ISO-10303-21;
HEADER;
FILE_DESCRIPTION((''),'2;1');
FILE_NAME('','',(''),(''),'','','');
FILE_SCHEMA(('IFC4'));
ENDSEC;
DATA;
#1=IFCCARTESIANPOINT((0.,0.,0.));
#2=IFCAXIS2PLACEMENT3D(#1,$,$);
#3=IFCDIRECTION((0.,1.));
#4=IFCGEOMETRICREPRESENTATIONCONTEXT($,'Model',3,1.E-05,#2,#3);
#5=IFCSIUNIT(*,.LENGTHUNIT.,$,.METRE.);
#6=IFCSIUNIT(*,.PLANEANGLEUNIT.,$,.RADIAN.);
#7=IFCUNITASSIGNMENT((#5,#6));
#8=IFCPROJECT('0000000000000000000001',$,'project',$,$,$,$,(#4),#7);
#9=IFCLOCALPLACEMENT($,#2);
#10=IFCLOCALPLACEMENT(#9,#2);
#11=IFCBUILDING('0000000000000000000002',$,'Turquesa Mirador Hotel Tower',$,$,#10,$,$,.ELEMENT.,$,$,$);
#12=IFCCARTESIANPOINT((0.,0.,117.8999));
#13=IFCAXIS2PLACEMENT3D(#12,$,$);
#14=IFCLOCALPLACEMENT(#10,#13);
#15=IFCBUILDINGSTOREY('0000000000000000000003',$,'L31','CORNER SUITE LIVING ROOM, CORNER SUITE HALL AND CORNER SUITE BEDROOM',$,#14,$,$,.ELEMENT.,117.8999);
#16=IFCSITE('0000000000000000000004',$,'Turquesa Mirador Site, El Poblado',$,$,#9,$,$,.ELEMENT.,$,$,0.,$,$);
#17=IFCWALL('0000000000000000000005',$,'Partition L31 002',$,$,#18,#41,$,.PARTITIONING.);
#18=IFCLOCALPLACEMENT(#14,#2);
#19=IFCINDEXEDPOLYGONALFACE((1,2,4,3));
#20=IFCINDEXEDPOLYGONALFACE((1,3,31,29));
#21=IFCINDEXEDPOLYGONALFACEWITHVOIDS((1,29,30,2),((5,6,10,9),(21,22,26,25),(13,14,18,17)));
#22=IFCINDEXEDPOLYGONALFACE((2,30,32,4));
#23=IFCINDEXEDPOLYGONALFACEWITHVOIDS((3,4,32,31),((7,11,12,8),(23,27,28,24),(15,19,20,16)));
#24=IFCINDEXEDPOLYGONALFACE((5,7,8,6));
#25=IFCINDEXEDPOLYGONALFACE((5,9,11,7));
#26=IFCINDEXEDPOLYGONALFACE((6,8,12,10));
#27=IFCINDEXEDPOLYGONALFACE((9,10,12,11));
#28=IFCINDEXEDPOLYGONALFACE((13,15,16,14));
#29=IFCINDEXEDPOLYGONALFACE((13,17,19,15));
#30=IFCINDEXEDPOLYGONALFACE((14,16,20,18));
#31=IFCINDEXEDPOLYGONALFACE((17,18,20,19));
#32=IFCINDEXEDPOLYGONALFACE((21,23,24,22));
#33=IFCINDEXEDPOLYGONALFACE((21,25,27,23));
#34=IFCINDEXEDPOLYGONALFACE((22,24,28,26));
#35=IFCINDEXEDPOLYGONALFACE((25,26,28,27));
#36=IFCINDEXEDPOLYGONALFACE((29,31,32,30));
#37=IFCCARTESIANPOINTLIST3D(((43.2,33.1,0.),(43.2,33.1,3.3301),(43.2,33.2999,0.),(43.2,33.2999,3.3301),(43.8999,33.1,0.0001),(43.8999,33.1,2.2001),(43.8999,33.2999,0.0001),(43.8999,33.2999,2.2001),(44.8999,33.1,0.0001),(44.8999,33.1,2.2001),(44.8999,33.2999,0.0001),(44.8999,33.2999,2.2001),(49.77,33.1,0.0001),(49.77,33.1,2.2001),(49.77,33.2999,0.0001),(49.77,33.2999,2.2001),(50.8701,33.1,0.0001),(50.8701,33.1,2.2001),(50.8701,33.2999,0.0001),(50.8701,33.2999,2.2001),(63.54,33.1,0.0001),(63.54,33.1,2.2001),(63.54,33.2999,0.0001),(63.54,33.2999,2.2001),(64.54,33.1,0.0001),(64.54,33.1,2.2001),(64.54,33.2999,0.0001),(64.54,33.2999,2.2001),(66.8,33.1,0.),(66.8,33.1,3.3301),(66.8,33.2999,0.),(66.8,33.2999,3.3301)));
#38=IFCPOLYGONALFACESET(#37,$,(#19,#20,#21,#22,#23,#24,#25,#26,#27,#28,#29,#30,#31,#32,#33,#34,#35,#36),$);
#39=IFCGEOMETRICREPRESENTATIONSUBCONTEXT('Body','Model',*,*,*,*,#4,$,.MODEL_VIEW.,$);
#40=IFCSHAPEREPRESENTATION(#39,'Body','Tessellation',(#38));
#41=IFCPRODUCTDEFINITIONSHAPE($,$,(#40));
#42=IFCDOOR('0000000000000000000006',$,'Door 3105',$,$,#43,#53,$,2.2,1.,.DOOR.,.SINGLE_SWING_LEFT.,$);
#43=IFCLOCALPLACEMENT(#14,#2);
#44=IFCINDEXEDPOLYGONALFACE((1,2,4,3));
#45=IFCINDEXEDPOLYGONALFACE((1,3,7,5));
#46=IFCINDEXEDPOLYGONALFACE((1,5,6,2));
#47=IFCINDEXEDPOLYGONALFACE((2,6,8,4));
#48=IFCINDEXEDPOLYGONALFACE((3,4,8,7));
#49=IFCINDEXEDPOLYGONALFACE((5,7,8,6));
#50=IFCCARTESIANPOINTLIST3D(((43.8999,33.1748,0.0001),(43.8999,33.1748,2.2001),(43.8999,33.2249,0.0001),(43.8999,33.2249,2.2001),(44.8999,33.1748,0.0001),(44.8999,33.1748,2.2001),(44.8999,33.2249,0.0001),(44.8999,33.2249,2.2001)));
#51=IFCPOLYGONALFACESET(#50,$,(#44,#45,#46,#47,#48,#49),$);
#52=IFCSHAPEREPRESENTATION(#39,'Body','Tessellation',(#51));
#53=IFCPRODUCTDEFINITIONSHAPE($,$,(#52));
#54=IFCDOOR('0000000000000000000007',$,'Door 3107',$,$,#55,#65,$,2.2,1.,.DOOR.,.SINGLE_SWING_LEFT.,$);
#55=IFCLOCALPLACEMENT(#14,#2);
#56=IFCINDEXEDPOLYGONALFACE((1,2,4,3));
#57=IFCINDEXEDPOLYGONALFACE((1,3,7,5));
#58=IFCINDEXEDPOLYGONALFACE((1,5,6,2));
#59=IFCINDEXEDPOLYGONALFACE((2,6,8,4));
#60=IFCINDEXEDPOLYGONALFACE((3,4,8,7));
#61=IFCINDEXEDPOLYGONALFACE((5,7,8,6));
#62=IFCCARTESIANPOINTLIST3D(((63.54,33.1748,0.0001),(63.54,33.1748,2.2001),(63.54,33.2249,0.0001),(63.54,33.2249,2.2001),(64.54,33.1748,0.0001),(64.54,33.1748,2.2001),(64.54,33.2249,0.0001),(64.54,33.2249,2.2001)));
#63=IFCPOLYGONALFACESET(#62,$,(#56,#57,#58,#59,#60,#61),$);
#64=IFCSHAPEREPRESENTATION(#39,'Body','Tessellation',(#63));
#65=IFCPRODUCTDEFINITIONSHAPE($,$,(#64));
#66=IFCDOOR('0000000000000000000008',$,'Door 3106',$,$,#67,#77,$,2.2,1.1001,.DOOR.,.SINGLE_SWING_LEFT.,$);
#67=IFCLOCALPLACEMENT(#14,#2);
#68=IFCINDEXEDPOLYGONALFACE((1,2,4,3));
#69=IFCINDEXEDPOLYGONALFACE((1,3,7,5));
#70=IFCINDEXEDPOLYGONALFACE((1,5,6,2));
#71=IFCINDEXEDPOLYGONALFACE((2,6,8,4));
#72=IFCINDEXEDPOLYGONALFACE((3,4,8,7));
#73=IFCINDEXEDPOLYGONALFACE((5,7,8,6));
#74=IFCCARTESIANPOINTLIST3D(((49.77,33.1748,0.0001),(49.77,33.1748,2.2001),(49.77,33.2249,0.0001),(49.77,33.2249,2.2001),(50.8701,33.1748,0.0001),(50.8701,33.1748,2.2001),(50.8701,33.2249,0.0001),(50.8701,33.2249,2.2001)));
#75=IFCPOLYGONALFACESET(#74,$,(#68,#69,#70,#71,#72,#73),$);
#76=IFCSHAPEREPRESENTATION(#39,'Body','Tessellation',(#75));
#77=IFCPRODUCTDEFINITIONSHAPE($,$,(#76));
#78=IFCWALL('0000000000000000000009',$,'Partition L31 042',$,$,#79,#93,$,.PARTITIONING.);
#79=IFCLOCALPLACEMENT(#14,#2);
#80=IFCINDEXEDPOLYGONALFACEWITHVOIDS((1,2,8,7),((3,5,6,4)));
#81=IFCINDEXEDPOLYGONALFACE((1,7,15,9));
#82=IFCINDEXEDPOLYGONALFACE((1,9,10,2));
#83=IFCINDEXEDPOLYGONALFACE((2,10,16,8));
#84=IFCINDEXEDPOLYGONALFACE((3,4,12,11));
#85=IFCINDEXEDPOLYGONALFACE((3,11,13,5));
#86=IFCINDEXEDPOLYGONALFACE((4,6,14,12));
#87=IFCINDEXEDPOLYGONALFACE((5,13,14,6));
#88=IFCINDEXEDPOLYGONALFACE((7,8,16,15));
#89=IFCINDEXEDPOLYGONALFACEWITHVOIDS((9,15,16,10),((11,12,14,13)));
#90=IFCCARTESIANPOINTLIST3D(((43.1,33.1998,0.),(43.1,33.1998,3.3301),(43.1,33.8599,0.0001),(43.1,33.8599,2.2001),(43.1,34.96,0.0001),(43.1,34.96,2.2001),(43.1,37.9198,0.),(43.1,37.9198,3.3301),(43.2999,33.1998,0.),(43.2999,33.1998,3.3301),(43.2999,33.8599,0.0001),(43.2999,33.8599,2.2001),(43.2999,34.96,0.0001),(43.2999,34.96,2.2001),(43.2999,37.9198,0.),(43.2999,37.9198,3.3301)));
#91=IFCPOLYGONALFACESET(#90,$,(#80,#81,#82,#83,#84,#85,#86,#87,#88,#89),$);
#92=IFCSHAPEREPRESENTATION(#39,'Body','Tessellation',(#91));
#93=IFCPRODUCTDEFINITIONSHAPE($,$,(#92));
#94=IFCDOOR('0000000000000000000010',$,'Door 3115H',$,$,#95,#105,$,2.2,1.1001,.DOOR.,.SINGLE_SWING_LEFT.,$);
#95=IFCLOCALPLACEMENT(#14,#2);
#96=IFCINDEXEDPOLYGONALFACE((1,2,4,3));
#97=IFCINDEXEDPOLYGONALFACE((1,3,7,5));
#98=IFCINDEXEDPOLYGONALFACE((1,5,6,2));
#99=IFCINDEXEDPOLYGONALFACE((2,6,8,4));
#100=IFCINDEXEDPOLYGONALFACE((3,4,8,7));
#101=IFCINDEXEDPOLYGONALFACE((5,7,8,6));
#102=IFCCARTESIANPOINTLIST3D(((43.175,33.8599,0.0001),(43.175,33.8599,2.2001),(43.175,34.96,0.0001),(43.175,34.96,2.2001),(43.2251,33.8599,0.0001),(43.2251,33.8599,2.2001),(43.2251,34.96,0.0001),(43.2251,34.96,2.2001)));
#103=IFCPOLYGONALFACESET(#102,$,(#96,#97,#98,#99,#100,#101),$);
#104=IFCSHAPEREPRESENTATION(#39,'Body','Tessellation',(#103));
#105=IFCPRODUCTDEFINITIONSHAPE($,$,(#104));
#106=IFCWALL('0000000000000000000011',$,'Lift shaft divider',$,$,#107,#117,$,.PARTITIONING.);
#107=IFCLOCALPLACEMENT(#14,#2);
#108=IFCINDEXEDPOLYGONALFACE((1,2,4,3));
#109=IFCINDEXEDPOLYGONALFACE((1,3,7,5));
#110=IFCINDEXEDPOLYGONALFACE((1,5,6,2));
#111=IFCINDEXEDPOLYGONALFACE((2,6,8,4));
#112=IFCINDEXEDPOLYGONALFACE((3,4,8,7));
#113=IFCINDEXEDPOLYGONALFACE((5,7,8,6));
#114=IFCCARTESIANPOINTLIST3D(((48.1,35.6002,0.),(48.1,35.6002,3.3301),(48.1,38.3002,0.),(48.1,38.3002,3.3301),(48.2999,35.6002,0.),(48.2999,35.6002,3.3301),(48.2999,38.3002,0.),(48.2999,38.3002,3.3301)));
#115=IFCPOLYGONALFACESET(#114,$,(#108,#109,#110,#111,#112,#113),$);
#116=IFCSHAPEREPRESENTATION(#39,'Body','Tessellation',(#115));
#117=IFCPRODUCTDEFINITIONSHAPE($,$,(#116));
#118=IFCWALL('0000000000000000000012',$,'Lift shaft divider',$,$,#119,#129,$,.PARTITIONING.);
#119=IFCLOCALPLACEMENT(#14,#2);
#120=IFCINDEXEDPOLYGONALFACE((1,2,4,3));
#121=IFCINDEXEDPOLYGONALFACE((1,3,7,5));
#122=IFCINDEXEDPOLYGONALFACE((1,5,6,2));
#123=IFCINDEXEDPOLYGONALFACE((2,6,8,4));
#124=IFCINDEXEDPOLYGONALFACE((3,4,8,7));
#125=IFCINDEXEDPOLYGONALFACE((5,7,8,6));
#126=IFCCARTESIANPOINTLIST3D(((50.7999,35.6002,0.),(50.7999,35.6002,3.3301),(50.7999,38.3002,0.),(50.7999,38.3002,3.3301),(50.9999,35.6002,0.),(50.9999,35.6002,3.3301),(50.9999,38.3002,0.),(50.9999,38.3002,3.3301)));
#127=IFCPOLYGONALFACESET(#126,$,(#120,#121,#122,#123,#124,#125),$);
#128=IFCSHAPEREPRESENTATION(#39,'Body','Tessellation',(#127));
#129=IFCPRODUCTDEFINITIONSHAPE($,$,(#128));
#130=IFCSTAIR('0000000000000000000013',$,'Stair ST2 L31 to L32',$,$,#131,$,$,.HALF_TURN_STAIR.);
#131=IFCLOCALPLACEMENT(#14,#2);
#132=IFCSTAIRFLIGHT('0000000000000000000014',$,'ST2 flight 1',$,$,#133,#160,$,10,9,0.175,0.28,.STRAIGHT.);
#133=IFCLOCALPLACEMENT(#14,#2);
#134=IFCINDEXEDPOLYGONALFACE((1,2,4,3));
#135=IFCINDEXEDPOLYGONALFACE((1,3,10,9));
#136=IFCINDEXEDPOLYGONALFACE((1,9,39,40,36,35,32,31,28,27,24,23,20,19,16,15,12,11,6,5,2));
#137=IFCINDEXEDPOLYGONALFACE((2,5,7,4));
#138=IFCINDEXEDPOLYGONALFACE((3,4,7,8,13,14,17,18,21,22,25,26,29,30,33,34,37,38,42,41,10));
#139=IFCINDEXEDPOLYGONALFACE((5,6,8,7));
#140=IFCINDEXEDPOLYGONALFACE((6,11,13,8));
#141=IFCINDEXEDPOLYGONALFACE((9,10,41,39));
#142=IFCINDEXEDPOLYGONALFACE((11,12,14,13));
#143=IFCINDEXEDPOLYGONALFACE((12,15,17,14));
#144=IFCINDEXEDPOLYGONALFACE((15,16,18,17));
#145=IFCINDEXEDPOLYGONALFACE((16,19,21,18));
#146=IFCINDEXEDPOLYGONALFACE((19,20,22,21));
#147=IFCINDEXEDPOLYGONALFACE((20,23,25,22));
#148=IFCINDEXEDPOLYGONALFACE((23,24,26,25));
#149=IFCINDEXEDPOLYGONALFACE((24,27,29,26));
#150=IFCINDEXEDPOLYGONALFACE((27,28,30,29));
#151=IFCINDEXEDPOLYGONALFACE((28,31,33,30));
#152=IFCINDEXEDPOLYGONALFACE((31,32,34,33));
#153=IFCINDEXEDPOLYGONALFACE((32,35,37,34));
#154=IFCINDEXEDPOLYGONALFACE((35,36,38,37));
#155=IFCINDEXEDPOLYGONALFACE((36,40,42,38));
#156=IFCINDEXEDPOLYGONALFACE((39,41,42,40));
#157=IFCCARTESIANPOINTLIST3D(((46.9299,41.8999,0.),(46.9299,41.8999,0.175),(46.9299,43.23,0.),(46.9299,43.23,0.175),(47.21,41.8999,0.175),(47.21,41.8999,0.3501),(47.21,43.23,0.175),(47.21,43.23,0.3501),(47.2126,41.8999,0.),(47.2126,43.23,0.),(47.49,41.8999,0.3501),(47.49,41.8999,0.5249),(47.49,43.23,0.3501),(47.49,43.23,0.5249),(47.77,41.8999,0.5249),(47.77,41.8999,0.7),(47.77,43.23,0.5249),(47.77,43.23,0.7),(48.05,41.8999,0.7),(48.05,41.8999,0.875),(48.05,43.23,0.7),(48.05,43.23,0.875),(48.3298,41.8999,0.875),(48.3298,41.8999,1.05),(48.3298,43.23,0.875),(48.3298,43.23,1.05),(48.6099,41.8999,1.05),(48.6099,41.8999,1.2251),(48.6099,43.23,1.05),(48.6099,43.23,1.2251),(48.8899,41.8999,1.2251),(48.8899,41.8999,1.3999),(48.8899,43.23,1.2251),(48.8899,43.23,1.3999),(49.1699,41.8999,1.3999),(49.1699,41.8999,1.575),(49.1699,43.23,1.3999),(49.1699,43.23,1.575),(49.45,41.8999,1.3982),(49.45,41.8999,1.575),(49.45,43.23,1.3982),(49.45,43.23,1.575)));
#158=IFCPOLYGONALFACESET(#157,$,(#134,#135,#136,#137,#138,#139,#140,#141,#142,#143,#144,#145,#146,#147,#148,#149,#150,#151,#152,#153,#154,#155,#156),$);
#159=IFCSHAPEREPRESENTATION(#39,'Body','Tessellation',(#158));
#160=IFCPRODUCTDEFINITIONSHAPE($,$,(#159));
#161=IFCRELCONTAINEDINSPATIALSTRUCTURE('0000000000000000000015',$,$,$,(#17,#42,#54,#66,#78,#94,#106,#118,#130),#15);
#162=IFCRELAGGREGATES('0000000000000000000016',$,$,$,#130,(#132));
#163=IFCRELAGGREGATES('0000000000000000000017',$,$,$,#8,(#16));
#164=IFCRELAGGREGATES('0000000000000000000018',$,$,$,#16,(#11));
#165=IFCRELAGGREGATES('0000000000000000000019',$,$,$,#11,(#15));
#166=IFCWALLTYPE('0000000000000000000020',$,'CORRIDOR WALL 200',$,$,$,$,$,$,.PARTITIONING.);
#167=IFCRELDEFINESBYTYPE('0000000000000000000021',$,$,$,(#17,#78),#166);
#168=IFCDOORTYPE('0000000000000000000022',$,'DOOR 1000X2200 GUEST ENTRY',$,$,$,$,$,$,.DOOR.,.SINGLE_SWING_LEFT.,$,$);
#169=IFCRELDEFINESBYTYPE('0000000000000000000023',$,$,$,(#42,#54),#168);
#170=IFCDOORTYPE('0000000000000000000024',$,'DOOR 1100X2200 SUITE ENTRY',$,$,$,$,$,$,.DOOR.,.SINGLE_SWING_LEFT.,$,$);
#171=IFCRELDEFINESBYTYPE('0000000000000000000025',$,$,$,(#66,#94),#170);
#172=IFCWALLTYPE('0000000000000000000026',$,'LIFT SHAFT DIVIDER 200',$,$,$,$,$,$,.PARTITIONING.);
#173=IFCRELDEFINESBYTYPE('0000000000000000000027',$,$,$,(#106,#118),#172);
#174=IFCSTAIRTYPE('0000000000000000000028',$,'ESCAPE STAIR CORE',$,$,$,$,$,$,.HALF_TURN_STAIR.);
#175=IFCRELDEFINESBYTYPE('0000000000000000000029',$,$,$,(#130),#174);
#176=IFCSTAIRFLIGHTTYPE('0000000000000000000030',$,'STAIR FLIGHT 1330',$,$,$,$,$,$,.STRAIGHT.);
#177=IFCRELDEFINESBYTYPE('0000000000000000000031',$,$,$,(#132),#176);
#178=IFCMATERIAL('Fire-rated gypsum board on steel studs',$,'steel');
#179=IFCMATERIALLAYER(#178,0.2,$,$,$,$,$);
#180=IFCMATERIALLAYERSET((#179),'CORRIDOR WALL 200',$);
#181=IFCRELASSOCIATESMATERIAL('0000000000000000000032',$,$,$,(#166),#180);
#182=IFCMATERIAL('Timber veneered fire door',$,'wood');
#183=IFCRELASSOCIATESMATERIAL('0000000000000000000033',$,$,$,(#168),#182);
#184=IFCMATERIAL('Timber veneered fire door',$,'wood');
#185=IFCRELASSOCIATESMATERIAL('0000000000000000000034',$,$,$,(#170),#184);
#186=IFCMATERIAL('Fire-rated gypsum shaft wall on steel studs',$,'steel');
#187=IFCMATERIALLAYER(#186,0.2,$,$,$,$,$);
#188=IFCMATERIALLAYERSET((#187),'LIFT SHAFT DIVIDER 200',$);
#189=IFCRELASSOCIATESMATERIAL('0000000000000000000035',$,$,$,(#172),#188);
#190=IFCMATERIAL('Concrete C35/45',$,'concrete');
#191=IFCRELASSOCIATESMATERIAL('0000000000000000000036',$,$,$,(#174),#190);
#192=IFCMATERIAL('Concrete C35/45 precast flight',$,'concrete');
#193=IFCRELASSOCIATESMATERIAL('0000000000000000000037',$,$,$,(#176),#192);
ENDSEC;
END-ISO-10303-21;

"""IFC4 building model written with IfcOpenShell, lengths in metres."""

from ifc_helpers import new_model, si_unit, direction, frame, frame_2d, origin, place, context, subcontext, project, spatial, polyline, rectangle, outline, extrude, material, layer, layer_set, type_object, element, fill, aggregate, save


model = new_model("IFC4")

# Units and contexts
model_context = context("Model", 3, precision=1e-05, world=origin(), true_north=direction((0.0, 1.0)))
body_context = subcontext(model_context, "Body", "Model", "MODEL_VIEW")
ifc_project = project(units=[si_unit("LENGTHUNIT", "METRE"), si_unit("PLANEANGLEUNIT", "RADIAN")], contexts=[model_context])

# Site, building, storey
site_placement = place(None, origin())
site = spatial("IfcSite", under=ifc_project, at=site_placement, Name="Turquesa Mirador Site, El Poblado", CompositionType="ELEMENT", RefElevation=0.0)
building_placement = place(site_placement, origin())
building = spatial("IfcBuilding", under=site, at=building_placement, Name="Turquesa Mirador Hotel Tower", CompositionType="ELEMENT")
storey_placement = place(building_placement, frame((0.0, 0.0, 117.8999)))
storey = spatial("IfcBuildingStorey", under=building, at=storey_placement, Name="L31", Description="CORNER SUITE LIVING ROOM, CORNER SUITE HALL AND CORNER SUITE BEDROOM", CompositionType="ELEMENT", Elevation=117.8999)

# Wall, openings, doors
ifc_material_1 = material(Name="Fire-rated gypsum board on steel studs", Category="steel")
ifc_layer_1 = layer(ifc_material_1, 0.2)
ifc_layer_set_1 = layer_set([ifc_layer_1], Name="CORRIDOR WALL 200")
wall_type_1 = type_object("IfcWallType", Name="CORRIDOR WALL 200", PredefinedType="PARTITIONING", material=ifc_layer_set_1)
wall_1_placement = place(storey_placement, frame((43.2, 33.2, 0.0), z_axis=(0.0, 0.0, 1.0), x_axis=(1.0, 0.0, 0.0)))
wall_1 = element("IfcWall", 1, at=wall_1_placement, inside=storey, type_object=wall_type_1, Name="Partition L31 002", PredefinedType="PARTITIONING", context=body_context, shape_type="SweptSolid", body=[
    extrude(rectangle(XDim=23.6001, YDim=0.2, at=frame_2d((11.8, 0.0))), origin(), (0.0, 0.0, 1.0), 3.3301),
])
opening_1_placement = place(wall_1_placement, frame((0.7, 0.0, 0.0)))
opening_1 = element("IfcOpeningElement", 2, at=opening_1_placement, cuts=wall_1, PredefinedType="OPENING", context=body_context, shape_type="SweptSolid", body=[
    extrude(rectangle(XDim=1.0, YDim=2.2, at=frame_2d((0.5, 1.1001))), frame((0.0, 0.1099, 0.0), z_axis=(0.0, -1.0, 0.0), x_axis=(1.0, 0.0, 0.0)), (0.0, 0.0, 1.0), 0.22),
])
opening_2_placement = place(wall_1_placement, frame((6.5701, 0.0, 0.0)))
opening_2 = element("IfcOpeningElement", 3, at=opening_2_placement, cuts=wall_1, PredefinedType="OPENING", context=body_context, shape_type="SweptSolid", body=[
    extrude(rectangle(XDim=1.1001, YDim=2.2, at=frame_2d((0.55, 1.1001))), frame((0.0, 0.1099, 0.0), z_axis=(0.0, -1.0, 0.0), x_axis=(1.0, 0.0, 0.0)), (0.0, 0.0, 1.0), 0.22),
])
opening_3_placement = place(wall_1_placement, frame((20.3401, 0.0, 0.0)))
opening_3 = element("IfcOpeningElement", 4, at=opening_3_placement, cuts=wall_1, PredefinedType="OPENING", context=body_context, shape_type="SweptSolid", body=[
    extrude(rectangle(XDim=1.0, YDim=2.2, at=frame_2d((0.5, 1.1001))), frame((0.0, 0.1099, 0.0), z_axis=(0.0, -1.0, 0.0), x_axis=(1.0, 0.0, 0.0)), (0.0, 0.0, 1.0), 0.22),
])
ifc_material_2 = material(Name="Timber veneered fire door", Category="wood")
door_type_1 = type_object("IfcDoorType", Name="DOOR 1000X2200 GUEST ENTRY", OperationType="SINGLE_SWING_LEFT", PredefinedType="DOOR", material=ifc_material_2)
door_1_placement = place(opening_1_placement, origin())
door_1 = element("IfcDoor", 5, at=door_1_placement, inside=storey, type_object=door_type_1, Name="Door 3105", OperationType="SINGLE_SWING_LEFT", OverallHeight=2.2, OverallWidth=1.0, PredefinedType="DOOR", context=body_context, shape_type="SweptSolid", body=[
    extrude(rectangle(XDim=1.0, YDim=2.2, at=frame_2d((0.5, 1.1001))), frame((0.0, 0.0249, 0.0), z_axis=(0.0, -1.0, 0.0), x_axis=(1.0, 0.0, 0.0)), (0.0, 0.0, 1.0), 0.05),
])
fill(opening_1, door_1)
door_2_placement = place(opening_3_placement, origin())
door_2 = element("IfcDoor", 6, at=door_2_placement, inside=storey, type_object=door_type_1, Name="Door 3107", OperationType="SINGLE_SWING_LEFT", OverallHeight=2.2, OverallWidth=1.0, PredefinedType="DOOR", context=body_context, shape_type="SweptSolid", body=[
    extrude(rectangle(XDim=1.0, YDim=2.2, at=frame_2d((0.5, 1.1001))), frame((0.0, 0.0249, 0.0), z_axis=(0.0, -1.0, 0.0), x_axis=(1.0, 0.0, 0.0)), (0.0, 0.0, 1.0), 0.05),
])
fill(opening_3, door_2)
ifc_material_3 = material(Name="Timber veneered fire door", Category="wood")
door_type_2 = type_object("IfcDoorType", Name="DOOR 1100X2200 SUITE ENTRY", OperationType="SINGLE_SWING_LEFT", PredefinedType="DOOR", material=ifc_material_3)
door_3_placement = place(opening_2_placement, origin())
door_3 = element("IfcDoor", 7, at=door_3_placement, inside=storey, type_object=door_type_2, Name="Door 3106", OperationType="SINGLE_SWING_LEFT", OverallHeight=2.2, OverallWidth=1.1001, PredefinedType="DOOR", context=body_context, shape_type="SweptSolid", body=[
    extrude(rectangle(XDim=1.1001, YDim=2.2, at=frame_2d((0.55, 1.1001))), frame((0.0, 0.0249, 0.0), z_axis=(0.0, -1.0, 0.0), x_axis=(1.0, 0.0, 0.0)), (0.0, 0.0, 1.0), 0.05),
])
fill(opening_2, door_3)

# Wall, opening, door
wall_2_placement = place(storey_placement, frame((43.2, 33.2, 0.0), z_axis=(0.0, 0.0, 1.0), x_axis=(0.0, 1.0, 0.0)))
wall_2 = element("IfcWall", 8, at=wall_2_placement, inside=storey, type_object=wall_type_1, Name="Partition L31 042", PredefinedType="PARTITIONING", context=body_context, shape_type="SweptSolid", body=[
    extrude(rectangle(XDim=4.72, YDim=0.2, at=frame_2d((2.3599, 0.0))), origin(), (0.0, 0.0, 1.0), 3.3301),
])
opening_4_placement = place(wall_2_placement, frame((0.6599, 0.0, 0.0)))
opening_4 = element("IfcOpeningElement", 9, at=opening_4_placement, cuts=wall_2, PredefinedType="OPENING", context=body_context, shape_type="SweptSolid", body=[
    extrude(rectangle(XDim=1.1001, YDim=2.2, at=frame_2d((0.55, 1.1001))), frame((0.0, 0.1099, 0.0), z_axis=(0.0, -1.0, 0.0), x_axis=(1.0, 0.0, 0.0)), (0.0, 0.0, 1.0), 0.22),
])
door_4_placement = place(opening_4_placement, origin())
door_4 = element("IfcDoor", 10, at=door_4_placement, inside=storey, type_object=door_type_2, Name="Door 3115H", OperationType="SINGLE_SWING_LEFT", OverallHeight=2.2, OverallWidth=1.1001, PredefinedType="DOOR", context=body_context, shape_type="SweptSolid", body=[
    extrude(rectangle(XDim=1.1001, YDim=2.2, at=frame_2d((0.55, 1.1001))), frame((0.0, 0.0249, 0.0), z_axis=(0.0, -1.0, 0.0), x_axis=(1.0, 0.0, 0.0)), (0.0, 0.0, 1.0), 0.05),
])
fill(opening_4, door_4)

# Walls
ifc_material_4 = material(Name="Fire-rated gypsum shaft wall on steel studs", Category="steel")
ifc_layer_2 = layer(ifc_material_4, 0.2)
ifc_layer_set_2 = layer_set([ifc_layer_2], Name="LIFT SHAFT DIVIDER 200")
wall_type_2 = type_object("IfcWallType", Name="LIFT SHAFT DIVIDER 200", PredefinedType="PARTITIONING", material=ifc_layer_set_2)
for number, where, z_axis, x_axis, name in (
    (11, (48.2, 35.6001, 0.0), (0.0, 0.0, 1.0), (0.0, 1.0, 0.0), "Lift shaft divider"),
    (12, (50.8999, 35.6001, 0.0), (0.0, 0.0, 1.0), (0.0, 1.0, 0.0), "Lift shaft divider"),
):
    element("IfcWall", number, at=place(storey_placement, frame(where, z_axis=z_axis, x_axis=x_axis)), inside=storey, type_object=wall_type_2, Name=name, PredefinedType="PARTITIONING", context=body_context, shape_type="SweptSolid", body=[
        extrude(rectangle(XDim=2.7, YDim=0.2, at=frame_2d((1.3501, 0.0))), origin(), (0.0, 0.0, 1.0), 3.3301),
    ])

# Stair, stair flight
ifc_material_5 = material(Name="Concrete C35/45", Category="concrete")
stair_type = type_object("IfcStairType", Name="ESCAPE STAIR CORE", PredefinedType="HALF_TURN_STAIR", material=ifc_material_5)
stair_placement = place(storey_placement, origin())
stair = element("IfcStair", 13, at=stair_placement, inside=storey, type_object=stair_type, Name="Stair ST2 L31 to L32", PredefinedType="HALF_TURN_STAIR")
ifc_material_6 = material(Name="Concrete C35/45 precast flight", Category="concrete")
stair_flight_type = type_object("IfcStairFlightType", Name="STAIR FLIGHT 1330", PredefinedType="STRAIGHT", material=ifc_material_6)
stair_flight_placement = place(storey_placement, frame((46.9299, 42.5649, 0.0), z_axis=(0.0, 0.0, 1.0), x_axis=(1.0, 0.0, 0.0)))
stair_flight = element("IfcStairFlight", 14, at=stair_flight_placement, type_object=stair_flight_type, Name="ST2 flight 1", NumberOfRisers=10, NumberOfTreads=9, PredefinedType="STRAIGHT", RiserHeight=0.175, TreadLength=0.28, context=body_context, shape_type="SweptSolid", body=[
    extrude(outline(polyline([(0.0, 0.0), (0.0, 0.175), (0.28, 0.175), (0.28, 0.3501), (0.5601, 0.3501), (0.5601, 0.5249), (0.8401, 0.5249), (0.8401, 0.7), (1.1201, 0.7), (1.1201, 0.875), (1.3999, 0.875), (1.3999, 1.05), (1.6799, 1.05), (1.6799, 1.2251), (1.96, 1.2251), (1.96, 1.3999), (2.24, 1.3999), (2.24, 1.575), (2.52, 1.575), (2.52, 1.75), (2.52, 1.3982), (0.2827, 0.0), (0.0, 0.0)])), frame((0.0, 0.665, 0.0), z_axis=(0.0, -1.0, 0.0), x_axis=(1.0, 0.0, 0.0)), (0.0, 0.0, 1.0), 1.3301),
])
aggregate(stair, [stair_flight])

save(model, "model.ifc")
